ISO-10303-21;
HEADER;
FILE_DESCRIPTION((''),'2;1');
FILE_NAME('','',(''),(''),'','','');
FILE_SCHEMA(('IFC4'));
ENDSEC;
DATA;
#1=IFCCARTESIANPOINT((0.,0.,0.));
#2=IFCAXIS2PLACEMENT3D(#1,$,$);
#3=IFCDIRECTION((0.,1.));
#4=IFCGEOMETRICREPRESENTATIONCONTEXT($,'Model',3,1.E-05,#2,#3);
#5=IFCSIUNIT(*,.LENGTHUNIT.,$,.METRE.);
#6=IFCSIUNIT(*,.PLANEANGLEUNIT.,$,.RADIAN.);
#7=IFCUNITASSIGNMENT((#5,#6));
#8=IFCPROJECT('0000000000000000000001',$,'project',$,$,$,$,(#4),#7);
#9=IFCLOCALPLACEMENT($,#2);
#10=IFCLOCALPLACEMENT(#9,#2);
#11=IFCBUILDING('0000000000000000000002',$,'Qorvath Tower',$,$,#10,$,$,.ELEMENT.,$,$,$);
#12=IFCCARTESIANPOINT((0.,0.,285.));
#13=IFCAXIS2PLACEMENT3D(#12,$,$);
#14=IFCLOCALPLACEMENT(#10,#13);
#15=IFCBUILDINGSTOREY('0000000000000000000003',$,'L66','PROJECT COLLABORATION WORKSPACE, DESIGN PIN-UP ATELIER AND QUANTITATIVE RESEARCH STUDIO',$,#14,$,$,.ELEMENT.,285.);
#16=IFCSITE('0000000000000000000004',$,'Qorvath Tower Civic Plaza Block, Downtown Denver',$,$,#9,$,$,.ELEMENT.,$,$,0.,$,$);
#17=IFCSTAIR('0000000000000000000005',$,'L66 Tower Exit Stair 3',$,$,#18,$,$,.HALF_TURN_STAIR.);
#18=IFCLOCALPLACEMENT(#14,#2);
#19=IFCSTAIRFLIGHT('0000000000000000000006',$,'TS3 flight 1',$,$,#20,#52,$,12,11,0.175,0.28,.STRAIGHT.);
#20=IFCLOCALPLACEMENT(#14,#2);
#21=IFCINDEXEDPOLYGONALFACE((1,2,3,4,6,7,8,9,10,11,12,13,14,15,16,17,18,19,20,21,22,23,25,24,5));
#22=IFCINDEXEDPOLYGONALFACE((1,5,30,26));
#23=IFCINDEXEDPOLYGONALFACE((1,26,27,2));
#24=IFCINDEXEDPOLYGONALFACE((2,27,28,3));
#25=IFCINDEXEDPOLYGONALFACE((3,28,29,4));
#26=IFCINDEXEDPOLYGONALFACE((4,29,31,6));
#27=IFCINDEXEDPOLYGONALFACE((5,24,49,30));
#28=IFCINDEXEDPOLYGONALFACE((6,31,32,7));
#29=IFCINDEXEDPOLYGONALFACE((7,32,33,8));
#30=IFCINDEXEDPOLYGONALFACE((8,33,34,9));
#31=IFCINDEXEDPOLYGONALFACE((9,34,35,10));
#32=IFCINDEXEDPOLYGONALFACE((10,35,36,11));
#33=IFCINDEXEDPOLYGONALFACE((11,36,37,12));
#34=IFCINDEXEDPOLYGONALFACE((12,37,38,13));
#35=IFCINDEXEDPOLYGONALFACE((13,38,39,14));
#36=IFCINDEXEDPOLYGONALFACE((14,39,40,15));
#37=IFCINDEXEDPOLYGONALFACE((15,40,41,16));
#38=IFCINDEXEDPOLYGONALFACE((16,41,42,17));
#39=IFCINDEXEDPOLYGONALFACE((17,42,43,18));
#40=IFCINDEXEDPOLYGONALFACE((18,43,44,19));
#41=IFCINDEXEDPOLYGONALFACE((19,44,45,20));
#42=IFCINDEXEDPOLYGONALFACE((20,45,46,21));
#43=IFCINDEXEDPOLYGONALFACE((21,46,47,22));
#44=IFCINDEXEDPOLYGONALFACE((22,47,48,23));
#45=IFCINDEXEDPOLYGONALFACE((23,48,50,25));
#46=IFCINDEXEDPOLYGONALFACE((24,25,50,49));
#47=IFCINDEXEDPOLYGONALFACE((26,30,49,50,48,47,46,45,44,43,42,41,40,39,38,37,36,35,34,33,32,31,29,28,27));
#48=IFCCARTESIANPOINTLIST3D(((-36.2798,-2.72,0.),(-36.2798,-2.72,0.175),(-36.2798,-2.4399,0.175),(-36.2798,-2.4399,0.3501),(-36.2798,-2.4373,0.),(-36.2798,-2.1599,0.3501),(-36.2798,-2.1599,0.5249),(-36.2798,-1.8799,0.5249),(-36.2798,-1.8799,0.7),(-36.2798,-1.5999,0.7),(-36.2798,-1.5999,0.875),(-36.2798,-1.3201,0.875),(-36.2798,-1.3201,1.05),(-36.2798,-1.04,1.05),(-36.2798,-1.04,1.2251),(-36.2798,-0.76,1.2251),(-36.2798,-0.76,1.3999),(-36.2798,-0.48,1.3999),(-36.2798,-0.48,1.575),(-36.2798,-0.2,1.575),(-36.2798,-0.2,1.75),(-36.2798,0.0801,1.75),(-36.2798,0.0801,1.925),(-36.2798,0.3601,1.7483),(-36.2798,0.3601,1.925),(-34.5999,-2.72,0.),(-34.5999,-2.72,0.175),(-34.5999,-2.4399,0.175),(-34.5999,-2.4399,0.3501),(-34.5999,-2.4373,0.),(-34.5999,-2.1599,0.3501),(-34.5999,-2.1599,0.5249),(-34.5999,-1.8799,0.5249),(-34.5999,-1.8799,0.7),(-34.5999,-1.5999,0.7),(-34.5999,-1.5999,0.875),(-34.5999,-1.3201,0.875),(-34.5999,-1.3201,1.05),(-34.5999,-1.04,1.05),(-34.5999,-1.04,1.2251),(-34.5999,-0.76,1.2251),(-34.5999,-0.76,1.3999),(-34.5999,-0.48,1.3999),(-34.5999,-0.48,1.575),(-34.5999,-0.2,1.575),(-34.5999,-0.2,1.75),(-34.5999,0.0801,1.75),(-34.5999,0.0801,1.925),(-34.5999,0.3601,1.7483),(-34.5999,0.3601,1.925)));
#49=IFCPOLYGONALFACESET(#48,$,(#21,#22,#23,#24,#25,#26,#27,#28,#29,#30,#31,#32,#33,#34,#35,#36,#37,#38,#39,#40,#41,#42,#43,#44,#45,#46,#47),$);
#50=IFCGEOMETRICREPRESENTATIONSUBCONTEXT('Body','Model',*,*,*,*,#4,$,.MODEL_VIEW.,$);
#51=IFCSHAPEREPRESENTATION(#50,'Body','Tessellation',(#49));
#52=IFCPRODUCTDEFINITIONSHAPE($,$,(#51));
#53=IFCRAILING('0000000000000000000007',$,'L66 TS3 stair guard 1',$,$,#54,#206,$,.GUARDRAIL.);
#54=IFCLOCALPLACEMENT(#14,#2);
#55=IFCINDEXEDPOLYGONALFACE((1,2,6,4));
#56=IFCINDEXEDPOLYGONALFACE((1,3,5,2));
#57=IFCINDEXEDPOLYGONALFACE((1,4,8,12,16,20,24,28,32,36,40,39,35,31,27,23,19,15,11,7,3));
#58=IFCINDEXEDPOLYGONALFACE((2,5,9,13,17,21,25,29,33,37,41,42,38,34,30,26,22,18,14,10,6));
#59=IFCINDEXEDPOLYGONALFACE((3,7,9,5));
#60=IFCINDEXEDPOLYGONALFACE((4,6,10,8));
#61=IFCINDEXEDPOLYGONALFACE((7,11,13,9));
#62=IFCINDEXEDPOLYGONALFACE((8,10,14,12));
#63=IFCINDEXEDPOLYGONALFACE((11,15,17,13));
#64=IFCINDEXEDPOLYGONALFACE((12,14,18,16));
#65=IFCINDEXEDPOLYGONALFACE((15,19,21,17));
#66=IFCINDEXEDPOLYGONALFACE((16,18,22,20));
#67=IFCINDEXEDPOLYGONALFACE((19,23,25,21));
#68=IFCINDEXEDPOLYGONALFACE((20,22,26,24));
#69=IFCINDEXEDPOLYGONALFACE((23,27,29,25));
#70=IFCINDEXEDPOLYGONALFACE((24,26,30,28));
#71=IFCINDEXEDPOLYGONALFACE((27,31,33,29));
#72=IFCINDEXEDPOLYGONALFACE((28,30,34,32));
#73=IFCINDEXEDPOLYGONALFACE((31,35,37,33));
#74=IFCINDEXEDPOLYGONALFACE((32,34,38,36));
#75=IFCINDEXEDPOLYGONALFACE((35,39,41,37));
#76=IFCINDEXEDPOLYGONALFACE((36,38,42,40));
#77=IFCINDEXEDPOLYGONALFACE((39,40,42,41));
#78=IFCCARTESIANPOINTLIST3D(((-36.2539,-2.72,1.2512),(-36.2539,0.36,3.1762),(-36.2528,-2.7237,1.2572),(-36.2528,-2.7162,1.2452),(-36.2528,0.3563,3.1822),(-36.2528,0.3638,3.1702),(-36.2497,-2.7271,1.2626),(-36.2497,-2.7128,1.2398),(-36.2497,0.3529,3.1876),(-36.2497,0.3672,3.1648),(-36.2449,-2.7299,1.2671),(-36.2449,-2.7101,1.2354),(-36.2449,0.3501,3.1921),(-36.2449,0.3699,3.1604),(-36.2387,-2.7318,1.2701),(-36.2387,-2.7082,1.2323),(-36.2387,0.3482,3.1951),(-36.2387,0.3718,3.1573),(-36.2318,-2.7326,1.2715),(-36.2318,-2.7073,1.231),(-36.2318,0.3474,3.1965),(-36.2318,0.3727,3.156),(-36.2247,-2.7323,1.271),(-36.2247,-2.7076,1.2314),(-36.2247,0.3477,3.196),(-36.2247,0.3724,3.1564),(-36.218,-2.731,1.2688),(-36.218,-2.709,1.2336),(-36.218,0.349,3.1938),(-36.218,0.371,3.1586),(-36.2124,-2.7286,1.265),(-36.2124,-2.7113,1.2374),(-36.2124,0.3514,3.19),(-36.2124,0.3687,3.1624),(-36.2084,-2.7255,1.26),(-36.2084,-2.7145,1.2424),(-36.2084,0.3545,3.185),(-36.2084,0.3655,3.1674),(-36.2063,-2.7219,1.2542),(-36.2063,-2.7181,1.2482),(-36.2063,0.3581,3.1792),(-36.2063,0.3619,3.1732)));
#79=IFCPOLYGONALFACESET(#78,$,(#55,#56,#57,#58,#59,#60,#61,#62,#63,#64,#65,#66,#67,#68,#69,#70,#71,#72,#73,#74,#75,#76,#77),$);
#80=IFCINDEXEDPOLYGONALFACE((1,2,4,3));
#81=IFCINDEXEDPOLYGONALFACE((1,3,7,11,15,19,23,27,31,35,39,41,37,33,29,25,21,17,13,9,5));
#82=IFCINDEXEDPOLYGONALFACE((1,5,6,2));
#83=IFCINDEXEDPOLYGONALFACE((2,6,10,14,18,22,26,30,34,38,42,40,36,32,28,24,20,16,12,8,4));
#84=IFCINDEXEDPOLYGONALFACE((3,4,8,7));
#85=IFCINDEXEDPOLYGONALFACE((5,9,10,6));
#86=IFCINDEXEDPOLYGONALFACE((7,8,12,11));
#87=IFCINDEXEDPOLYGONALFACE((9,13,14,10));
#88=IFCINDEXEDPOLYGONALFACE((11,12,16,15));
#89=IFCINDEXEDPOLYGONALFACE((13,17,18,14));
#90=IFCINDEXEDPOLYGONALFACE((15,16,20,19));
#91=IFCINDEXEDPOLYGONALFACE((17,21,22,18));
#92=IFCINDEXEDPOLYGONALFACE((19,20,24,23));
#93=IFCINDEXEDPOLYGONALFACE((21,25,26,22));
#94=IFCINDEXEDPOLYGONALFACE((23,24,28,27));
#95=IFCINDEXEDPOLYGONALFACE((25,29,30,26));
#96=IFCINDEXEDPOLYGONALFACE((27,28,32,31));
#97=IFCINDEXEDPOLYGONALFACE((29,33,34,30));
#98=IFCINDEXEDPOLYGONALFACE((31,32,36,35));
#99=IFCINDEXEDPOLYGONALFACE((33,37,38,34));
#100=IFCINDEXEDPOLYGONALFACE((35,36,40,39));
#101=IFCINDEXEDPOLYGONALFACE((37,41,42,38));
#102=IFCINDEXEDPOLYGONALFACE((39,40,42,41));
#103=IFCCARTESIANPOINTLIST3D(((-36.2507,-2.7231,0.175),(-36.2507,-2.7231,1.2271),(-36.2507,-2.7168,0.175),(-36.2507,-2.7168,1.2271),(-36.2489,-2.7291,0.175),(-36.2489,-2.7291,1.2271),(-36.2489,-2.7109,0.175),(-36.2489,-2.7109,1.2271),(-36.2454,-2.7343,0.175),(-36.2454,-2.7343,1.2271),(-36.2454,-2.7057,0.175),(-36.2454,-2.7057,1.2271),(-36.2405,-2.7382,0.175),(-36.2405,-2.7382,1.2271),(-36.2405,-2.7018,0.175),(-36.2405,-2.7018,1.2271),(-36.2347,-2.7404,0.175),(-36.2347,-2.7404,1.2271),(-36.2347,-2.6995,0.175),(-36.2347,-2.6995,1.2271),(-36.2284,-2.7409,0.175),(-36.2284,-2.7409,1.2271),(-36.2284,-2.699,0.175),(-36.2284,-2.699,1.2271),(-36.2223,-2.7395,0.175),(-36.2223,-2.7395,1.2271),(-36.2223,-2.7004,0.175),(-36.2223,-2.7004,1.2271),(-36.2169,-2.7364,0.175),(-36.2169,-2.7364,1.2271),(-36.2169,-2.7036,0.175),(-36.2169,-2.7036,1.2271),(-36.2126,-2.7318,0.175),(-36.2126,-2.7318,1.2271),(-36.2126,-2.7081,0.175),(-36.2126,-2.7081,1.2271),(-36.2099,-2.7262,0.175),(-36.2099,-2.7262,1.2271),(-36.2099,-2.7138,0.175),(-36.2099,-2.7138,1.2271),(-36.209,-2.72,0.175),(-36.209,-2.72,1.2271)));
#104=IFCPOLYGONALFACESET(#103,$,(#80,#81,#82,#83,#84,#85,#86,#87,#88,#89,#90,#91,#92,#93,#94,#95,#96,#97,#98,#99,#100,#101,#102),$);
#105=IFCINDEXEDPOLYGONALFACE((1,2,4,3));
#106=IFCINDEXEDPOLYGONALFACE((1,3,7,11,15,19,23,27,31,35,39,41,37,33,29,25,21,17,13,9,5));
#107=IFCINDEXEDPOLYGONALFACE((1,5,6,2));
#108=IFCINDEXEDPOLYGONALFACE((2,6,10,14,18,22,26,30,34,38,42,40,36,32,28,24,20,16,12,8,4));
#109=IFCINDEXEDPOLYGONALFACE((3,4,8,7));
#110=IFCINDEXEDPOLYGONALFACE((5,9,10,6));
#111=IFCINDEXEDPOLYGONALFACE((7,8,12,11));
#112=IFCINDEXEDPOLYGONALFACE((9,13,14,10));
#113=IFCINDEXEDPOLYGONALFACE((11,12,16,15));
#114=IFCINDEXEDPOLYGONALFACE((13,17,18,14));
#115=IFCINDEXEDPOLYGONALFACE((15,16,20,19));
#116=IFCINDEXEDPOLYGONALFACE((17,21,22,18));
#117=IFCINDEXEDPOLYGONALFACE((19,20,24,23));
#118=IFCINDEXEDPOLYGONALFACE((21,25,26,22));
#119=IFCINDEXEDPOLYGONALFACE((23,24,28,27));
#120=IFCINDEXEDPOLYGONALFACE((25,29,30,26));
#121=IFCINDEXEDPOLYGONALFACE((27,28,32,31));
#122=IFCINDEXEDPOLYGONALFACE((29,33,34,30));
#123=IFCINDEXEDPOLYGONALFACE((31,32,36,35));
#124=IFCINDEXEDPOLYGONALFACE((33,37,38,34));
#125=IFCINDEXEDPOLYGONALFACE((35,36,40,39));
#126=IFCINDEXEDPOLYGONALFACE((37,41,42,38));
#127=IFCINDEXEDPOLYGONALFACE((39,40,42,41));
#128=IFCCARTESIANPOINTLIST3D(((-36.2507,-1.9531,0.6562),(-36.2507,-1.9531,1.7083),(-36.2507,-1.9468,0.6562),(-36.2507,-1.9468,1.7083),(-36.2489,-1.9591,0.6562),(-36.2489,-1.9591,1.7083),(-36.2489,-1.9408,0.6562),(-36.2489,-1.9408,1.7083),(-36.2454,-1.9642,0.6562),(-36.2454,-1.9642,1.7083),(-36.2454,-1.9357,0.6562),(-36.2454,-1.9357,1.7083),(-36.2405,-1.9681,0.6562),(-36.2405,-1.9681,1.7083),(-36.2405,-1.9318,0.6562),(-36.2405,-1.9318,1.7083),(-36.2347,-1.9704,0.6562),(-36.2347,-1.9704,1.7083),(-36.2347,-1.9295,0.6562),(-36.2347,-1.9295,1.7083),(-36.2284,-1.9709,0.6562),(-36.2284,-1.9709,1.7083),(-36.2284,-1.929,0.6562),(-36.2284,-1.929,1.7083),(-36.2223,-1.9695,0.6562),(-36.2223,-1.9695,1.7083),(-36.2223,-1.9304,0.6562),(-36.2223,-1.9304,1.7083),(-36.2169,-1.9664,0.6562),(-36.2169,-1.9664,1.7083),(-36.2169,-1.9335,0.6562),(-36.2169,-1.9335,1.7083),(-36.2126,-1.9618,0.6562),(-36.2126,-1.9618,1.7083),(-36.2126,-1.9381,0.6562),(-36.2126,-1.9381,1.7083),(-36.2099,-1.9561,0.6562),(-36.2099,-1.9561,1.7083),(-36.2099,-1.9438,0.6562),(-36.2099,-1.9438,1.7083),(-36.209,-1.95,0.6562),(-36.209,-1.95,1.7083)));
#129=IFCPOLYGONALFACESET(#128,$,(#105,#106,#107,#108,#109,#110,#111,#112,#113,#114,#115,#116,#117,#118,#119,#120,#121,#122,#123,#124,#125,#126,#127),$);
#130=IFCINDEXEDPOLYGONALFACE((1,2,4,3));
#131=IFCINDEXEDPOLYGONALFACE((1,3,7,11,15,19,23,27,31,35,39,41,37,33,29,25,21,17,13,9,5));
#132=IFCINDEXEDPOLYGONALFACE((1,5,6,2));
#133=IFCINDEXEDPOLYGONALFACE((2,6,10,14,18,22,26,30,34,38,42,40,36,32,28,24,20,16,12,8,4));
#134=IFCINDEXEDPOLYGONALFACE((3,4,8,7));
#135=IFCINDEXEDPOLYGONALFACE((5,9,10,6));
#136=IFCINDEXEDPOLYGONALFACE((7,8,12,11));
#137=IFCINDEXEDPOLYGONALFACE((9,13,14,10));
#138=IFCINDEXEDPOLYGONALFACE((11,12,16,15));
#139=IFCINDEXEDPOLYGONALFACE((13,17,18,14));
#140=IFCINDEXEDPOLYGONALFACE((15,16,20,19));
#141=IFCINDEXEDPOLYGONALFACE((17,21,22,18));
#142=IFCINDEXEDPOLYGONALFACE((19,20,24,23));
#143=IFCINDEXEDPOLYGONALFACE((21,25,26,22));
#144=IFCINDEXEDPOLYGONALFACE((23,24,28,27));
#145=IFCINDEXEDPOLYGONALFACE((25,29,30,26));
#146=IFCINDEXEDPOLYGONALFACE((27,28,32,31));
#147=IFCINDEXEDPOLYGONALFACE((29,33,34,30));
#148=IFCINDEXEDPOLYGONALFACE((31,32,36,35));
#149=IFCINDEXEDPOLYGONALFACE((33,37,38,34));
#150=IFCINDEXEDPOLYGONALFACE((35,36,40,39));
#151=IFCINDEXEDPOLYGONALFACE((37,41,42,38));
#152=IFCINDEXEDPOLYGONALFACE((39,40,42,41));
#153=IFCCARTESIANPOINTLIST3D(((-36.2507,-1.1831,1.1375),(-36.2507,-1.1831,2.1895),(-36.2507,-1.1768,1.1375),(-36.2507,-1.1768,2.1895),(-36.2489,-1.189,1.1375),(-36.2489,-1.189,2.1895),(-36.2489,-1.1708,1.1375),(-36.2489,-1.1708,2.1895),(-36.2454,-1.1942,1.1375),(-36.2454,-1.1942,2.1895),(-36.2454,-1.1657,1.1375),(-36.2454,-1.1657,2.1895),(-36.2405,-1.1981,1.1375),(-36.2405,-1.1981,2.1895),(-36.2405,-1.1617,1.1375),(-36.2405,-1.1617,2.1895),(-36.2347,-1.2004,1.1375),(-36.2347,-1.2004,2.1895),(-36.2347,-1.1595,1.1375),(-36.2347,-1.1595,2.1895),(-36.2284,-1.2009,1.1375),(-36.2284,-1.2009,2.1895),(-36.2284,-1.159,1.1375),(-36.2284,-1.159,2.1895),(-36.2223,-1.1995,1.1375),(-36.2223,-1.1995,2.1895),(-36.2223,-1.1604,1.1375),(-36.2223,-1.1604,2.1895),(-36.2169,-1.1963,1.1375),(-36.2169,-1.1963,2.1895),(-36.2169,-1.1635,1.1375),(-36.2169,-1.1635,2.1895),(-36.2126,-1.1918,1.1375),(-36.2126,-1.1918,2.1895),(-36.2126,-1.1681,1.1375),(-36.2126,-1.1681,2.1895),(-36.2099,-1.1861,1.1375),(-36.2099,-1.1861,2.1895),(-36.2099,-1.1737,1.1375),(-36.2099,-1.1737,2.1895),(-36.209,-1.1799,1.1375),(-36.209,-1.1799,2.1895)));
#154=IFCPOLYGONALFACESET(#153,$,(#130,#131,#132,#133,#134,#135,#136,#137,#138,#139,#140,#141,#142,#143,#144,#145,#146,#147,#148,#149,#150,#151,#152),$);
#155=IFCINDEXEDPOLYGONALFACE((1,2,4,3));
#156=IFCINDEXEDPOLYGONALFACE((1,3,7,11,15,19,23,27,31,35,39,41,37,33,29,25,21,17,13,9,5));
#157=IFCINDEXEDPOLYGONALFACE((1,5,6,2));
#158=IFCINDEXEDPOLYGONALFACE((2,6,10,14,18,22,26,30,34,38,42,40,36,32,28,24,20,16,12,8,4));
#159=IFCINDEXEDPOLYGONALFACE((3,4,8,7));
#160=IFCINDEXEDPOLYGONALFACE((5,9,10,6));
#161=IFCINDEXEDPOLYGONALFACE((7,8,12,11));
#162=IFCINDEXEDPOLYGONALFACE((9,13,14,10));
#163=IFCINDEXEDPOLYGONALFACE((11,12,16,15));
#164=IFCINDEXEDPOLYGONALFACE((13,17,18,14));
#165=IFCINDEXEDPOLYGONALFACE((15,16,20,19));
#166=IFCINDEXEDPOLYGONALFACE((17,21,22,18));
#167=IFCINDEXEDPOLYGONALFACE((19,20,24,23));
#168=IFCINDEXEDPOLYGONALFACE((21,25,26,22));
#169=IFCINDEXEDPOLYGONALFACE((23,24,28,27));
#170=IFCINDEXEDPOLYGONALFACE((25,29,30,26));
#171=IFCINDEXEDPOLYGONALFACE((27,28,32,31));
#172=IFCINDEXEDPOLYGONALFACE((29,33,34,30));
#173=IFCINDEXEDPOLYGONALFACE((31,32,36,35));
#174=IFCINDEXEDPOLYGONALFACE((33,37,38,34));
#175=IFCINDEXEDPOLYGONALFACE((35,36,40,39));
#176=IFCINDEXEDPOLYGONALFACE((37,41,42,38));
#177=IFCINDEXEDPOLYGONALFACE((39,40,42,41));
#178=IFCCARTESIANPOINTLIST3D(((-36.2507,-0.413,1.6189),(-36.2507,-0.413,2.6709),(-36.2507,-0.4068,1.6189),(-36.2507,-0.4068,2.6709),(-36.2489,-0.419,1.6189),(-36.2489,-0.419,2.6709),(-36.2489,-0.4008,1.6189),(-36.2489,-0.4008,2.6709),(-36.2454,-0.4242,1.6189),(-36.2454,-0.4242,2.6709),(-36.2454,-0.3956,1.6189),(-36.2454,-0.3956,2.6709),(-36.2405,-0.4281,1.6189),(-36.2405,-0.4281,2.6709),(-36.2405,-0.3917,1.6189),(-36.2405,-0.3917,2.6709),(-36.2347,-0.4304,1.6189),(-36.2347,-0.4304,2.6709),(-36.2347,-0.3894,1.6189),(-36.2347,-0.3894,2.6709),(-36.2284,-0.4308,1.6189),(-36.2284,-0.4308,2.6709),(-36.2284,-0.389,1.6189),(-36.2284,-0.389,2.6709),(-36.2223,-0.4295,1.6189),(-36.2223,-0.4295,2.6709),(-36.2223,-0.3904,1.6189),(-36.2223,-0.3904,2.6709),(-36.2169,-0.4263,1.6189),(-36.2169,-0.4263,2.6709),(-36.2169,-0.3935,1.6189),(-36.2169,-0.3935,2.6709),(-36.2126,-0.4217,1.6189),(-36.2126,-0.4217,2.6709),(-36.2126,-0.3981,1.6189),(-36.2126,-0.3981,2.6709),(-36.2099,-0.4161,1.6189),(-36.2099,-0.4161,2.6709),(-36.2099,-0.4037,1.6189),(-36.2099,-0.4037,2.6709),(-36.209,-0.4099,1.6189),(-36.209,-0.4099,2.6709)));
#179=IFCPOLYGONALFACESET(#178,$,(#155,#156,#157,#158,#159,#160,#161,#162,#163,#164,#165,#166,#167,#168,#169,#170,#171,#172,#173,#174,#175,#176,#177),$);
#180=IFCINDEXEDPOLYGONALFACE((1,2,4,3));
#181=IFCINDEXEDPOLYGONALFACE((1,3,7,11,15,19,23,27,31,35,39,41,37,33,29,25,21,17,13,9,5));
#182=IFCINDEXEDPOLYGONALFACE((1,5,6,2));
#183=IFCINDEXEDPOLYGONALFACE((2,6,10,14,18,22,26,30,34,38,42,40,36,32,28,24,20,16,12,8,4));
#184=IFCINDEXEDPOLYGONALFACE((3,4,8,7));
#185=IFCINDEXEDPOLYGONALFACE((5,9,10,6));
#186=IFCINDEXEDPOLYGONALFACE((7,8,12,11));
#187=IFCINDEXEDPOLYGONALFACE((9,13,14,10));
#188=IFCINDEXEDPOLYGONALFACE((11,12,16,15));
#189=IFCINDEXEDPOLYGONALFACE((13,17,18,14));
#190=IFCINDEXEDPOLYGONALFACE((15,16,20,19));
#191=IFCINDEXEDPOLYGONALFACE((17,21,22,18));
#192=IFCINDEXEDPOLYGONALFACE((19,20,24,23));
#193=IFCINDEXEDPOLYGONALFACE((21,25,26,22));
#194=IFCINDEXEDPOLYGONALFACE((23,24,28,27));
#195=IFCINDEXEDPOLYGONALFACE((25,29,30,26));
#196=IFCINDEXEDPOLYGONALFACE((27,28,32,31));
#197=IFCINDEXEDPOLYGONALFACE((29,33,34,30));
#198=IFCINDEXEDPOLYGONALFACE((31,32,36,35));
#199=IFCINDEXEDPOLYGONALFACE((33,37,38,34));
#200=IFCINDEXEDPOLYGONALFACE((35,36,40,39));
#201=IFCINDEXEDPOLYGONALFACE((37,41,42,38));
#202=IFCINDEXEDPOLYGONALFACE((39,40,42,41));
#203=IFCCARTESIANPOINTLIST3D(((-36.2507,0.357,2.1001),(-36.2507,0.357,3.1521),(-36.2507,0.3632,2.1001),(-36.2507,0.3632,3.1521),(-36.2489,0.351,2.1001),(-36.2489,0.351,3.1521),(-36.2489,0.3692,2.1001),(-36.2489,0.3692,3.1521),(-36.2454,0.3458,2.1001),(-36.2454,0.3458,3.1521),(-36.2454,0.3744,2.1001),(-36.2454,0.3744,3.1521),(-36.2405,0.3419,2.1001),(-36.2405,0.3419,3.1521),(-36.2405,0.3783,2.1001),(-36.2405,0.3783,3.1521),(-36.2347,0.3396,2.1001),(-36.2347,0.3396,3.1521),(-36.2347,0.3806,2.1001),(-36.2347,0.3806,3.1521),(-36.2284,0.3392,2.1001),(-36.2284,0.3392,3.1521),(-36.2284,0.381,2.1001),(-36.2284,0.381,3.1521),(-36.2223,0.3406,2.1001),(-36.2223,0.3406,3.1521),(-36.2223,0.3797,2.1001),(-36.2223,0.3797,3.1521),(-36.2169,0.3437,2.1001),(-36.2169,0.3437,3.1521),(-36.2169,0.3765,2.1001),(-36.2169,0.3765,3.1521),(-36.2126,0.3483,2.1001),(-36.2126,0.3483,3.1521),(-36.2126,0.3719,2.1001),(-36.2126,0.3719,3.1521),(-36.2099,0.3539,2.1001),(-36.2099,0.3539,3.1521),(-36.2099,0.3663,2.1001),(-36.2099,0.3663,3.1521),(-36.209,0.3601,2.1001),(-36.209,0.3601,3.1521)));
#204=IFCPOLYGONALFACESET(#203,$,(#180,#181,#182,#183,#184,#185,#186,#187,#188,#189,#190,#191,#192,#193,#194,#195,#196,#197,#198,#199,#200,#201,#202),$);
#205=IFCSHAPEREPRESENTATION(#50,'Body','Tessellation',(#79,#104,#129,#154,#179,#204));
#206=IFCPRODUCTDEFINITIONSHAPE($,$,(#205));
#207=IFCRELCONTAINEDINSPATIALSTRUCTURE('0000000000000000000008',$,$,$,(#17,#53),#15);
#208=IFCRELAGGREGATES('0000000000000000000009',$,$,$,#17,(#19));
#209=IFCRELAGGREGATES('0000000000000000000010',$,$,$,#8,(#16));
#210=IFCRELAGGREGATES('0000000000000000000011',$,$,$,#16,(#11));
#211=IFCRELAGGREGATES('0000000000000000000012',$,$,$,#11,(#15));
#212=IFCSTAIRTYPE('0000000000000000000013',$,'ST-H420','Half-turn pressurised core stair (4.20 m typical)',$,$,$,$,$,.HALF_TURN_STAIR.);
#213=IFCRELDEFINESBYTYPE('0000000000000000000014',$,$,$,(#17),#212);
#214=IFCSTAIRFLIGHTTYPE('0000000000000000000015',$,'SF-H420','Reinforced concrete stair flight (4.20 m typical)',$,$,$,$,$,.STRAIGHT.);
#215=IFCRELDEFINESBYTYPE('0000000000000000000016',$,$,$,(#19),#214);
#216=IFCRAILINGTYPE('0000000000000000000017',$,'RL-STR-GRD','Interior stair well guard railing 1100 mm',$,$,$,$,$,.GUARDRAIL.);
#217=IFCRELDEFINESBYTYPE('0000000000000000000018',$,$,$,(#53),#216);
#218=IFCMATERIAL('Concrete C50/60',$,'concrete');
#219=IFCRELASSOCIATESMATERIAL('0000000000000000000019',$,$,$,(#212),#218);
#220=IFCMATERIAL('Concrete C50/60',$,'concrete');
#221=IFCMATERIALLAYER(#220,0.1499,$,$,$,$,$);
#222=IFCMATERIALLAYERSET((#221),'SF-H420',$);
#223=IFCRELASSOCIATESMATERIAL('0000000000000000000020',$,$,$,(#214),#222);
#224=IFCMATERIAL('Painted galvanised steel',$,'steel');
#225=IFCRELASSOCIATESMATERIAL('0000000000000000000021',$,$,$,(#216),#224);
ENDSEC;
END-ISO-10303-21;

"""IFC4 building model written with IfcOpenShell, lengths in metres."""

from ifc_helpers import new_model, si_unit, direction, frame, origin, origin_2d, place, context, subcontext, project, spatial, polyline, circle, outline, extrude, material, layer, layer_set, type_object, element, aggregate, save


model = new_model("IFC4")

# Units and contexts
model_context = context("Model", 3, precision=1e-05, world=origin(), true_north=direction((0.0, 1.0)))
body_context = subcontext(model_context, "Body", "Model", "MODEL_VIEW")
ifc_project = project(units=[si_unit("LENGTHUNIT", "METRE"), si_unit("PLANEANGLEUNIT", "RADIAN")], contexts=[model_context])

# Site, building, storey
site_placement = place(None, origin())
site = spatial("IfcSite", under=ifc_project, at=site_placement, Name="Qorvath Tower Civic Plaza Block, Downtown Denver", CompositionType="ELEMENT", RefElevation=0.0)
building_placement = place(site_placement, origin())
building = spatial("IfcBuilding", under=site, at=building_placement, Name="Qorvath Tower", CompositionType="ELEMENT")
storey_placement = place(building_placement, frame((0.0, 0.0, 285.0)))
storey = spatial("IfcBuildingStorey", under=building, at=storey_placement, Name="L66", Description="PROJECT COLLABORATION WORKSPACE, DESIGN PIN-UP ATELIER AND QUANTITATIVE RESEARCH STUDIO", CompositionType="ELEMENT", Elevation=285.0)

# Stair, stair flight
ifc_material_1 = material(Name="Concrete C50/60", Category="concrete")
stair_type = type_object("IfcStairType", Name="ST-H420", Description="Half-turn pressurised core stair (4.20 m typical)", PredefinedType="HALF_TURN_STAIR", material=ifc_material_1)
stair_placement = place(storey_placement, origin())
stair = element("IfcStair", 1, at=stair_placement, inside=storey, type_object=stair_type, Name="L66 Tower Exit Stair 3", PredefinedType="HALF_TURN_STAIR")
ifc_material_2 = material(Name="Concrete C50/60", Category="concrete")
ifc_layer_1 = layer(ifc_material_2, 0.1499)
ifc_layer_set_1 = layer_set([ifc_layer_1], Name="SF-H420")
stair_flight_type = type_object("IfcStairFlightType", Name="SF-H420", Description="Reinforced concrete stair flight (4.20 m typical)", PredefinedType="STRAIGHT", material=ifc_layer_set_1)
stair_flight_placement = place(storey_placement, frame((-35.4399, -2.72, 0.0), z_axis=(0.0, 0.0, 1.0), x_axis=(0.0, 1.0, 0.0)))
stair_flight = element("IfcStairFlight", 2, at=stair_flight_placement, type_object=stair_flight_type, Name="TS3 flight 1", NumberOfRisers=12, NumberOfTreads=11, PredefinedType="STRAIGHT", RiserHeight=0.175, TreadLength=0.28, context=body_context, shape_type="SweptSolid", body=[
    extrude(outline(polyline([(0.0, 0.0), (0.0, 0.175), (0.28, 0.175), (0.28, 0.3501), (0.5601, 0.3501), (0.5601, 0.5249), (0.8401, 0.5249), (0.8401, 0.7), (1.1201, 0.7), (1.1201, 0.875), (1.3999, 0.875), (1.3999, 1.05), (1.6799, 1.05), (1.6799, 1.2251), (1.96, 1.2251), (1.96, 1.3999), (2.24, 1.3999), (2.24, 1.575), (2.52, 1.575), (2.52, 1.75), (2.8, 1.75), (2.8, 1.925), (3.0801, 1.925), (3.0801, 2.1001), (3.0801, 1.7483), (0.2827, 0.0), (0.0, 0.0)])), frame((0.0, 0.8398, 0.0), z_axis=(0.0, -1.0, 0.0), x_axis=(1.0, 0.0, 0.0)), (0.0, 0.0, 1.0), 1.6799),
])
aggregate(stair, [stair_flight])

# Railing
ifc_material_3 = material(Name="Painted galvanised steel", Category="steel")
railing_type_1 = type_object("IfcRailingType", Name="RL-STR-GRD", Description="Interior stair well guard railing 1100 mm", PredefinedType="GUARDRAIL", material=ifc_material_3)
railing_1_placement = place(storey_placement, frame((-36.23, -2.72, 0.175)))
element("IfcRailing", 3, at=railing_1_placement, inside=storey, type_object=railing_type_1, Name="L66 TS3 stair guard 1", PredefinedType="GUARDRAIL", context=body_context, shape_type="SweptSolid", body=[
    extrude(circle(Radius=0.0239, at=origin_2d()), frame((0.0, 0.0, 1.0762), z_axis=(0.0, 0.847998, 0.529999), x_axis=(-1.0, 0.0, 0.0)), (0.0, 0.0, 1.0), 3.6321),
    extrude(circle(Radius=0.021, at=origin_2d()), origin(), (0.0, 0.0, 1.0), 1.052),
    extrude(circle(Radius=0.021, at=origin_2d()), frame((0.0, 0.77, 0.4812)), (0.0, 0.0, 1.0), 1.052),
    extrude(circle(Radius=0.021, at=origin_2d()), frame((0.0, 1.54, 0.9624)), (0.0, 0.0, 1.0), 1.052),
    extrude(circle(Radius=0.021, at=origin_2d()), frame((0.0, 2.3101, 1.4438)), (0.0, 0.0, 1.0), 1.052),
    extrude(circle(Radius=0.021, at=origin_2d()), frame((0.0, 3.0801, 1.925)), (0.0, 0.0, 1.0), 1.052),
])

save(model, "model.ifc")
